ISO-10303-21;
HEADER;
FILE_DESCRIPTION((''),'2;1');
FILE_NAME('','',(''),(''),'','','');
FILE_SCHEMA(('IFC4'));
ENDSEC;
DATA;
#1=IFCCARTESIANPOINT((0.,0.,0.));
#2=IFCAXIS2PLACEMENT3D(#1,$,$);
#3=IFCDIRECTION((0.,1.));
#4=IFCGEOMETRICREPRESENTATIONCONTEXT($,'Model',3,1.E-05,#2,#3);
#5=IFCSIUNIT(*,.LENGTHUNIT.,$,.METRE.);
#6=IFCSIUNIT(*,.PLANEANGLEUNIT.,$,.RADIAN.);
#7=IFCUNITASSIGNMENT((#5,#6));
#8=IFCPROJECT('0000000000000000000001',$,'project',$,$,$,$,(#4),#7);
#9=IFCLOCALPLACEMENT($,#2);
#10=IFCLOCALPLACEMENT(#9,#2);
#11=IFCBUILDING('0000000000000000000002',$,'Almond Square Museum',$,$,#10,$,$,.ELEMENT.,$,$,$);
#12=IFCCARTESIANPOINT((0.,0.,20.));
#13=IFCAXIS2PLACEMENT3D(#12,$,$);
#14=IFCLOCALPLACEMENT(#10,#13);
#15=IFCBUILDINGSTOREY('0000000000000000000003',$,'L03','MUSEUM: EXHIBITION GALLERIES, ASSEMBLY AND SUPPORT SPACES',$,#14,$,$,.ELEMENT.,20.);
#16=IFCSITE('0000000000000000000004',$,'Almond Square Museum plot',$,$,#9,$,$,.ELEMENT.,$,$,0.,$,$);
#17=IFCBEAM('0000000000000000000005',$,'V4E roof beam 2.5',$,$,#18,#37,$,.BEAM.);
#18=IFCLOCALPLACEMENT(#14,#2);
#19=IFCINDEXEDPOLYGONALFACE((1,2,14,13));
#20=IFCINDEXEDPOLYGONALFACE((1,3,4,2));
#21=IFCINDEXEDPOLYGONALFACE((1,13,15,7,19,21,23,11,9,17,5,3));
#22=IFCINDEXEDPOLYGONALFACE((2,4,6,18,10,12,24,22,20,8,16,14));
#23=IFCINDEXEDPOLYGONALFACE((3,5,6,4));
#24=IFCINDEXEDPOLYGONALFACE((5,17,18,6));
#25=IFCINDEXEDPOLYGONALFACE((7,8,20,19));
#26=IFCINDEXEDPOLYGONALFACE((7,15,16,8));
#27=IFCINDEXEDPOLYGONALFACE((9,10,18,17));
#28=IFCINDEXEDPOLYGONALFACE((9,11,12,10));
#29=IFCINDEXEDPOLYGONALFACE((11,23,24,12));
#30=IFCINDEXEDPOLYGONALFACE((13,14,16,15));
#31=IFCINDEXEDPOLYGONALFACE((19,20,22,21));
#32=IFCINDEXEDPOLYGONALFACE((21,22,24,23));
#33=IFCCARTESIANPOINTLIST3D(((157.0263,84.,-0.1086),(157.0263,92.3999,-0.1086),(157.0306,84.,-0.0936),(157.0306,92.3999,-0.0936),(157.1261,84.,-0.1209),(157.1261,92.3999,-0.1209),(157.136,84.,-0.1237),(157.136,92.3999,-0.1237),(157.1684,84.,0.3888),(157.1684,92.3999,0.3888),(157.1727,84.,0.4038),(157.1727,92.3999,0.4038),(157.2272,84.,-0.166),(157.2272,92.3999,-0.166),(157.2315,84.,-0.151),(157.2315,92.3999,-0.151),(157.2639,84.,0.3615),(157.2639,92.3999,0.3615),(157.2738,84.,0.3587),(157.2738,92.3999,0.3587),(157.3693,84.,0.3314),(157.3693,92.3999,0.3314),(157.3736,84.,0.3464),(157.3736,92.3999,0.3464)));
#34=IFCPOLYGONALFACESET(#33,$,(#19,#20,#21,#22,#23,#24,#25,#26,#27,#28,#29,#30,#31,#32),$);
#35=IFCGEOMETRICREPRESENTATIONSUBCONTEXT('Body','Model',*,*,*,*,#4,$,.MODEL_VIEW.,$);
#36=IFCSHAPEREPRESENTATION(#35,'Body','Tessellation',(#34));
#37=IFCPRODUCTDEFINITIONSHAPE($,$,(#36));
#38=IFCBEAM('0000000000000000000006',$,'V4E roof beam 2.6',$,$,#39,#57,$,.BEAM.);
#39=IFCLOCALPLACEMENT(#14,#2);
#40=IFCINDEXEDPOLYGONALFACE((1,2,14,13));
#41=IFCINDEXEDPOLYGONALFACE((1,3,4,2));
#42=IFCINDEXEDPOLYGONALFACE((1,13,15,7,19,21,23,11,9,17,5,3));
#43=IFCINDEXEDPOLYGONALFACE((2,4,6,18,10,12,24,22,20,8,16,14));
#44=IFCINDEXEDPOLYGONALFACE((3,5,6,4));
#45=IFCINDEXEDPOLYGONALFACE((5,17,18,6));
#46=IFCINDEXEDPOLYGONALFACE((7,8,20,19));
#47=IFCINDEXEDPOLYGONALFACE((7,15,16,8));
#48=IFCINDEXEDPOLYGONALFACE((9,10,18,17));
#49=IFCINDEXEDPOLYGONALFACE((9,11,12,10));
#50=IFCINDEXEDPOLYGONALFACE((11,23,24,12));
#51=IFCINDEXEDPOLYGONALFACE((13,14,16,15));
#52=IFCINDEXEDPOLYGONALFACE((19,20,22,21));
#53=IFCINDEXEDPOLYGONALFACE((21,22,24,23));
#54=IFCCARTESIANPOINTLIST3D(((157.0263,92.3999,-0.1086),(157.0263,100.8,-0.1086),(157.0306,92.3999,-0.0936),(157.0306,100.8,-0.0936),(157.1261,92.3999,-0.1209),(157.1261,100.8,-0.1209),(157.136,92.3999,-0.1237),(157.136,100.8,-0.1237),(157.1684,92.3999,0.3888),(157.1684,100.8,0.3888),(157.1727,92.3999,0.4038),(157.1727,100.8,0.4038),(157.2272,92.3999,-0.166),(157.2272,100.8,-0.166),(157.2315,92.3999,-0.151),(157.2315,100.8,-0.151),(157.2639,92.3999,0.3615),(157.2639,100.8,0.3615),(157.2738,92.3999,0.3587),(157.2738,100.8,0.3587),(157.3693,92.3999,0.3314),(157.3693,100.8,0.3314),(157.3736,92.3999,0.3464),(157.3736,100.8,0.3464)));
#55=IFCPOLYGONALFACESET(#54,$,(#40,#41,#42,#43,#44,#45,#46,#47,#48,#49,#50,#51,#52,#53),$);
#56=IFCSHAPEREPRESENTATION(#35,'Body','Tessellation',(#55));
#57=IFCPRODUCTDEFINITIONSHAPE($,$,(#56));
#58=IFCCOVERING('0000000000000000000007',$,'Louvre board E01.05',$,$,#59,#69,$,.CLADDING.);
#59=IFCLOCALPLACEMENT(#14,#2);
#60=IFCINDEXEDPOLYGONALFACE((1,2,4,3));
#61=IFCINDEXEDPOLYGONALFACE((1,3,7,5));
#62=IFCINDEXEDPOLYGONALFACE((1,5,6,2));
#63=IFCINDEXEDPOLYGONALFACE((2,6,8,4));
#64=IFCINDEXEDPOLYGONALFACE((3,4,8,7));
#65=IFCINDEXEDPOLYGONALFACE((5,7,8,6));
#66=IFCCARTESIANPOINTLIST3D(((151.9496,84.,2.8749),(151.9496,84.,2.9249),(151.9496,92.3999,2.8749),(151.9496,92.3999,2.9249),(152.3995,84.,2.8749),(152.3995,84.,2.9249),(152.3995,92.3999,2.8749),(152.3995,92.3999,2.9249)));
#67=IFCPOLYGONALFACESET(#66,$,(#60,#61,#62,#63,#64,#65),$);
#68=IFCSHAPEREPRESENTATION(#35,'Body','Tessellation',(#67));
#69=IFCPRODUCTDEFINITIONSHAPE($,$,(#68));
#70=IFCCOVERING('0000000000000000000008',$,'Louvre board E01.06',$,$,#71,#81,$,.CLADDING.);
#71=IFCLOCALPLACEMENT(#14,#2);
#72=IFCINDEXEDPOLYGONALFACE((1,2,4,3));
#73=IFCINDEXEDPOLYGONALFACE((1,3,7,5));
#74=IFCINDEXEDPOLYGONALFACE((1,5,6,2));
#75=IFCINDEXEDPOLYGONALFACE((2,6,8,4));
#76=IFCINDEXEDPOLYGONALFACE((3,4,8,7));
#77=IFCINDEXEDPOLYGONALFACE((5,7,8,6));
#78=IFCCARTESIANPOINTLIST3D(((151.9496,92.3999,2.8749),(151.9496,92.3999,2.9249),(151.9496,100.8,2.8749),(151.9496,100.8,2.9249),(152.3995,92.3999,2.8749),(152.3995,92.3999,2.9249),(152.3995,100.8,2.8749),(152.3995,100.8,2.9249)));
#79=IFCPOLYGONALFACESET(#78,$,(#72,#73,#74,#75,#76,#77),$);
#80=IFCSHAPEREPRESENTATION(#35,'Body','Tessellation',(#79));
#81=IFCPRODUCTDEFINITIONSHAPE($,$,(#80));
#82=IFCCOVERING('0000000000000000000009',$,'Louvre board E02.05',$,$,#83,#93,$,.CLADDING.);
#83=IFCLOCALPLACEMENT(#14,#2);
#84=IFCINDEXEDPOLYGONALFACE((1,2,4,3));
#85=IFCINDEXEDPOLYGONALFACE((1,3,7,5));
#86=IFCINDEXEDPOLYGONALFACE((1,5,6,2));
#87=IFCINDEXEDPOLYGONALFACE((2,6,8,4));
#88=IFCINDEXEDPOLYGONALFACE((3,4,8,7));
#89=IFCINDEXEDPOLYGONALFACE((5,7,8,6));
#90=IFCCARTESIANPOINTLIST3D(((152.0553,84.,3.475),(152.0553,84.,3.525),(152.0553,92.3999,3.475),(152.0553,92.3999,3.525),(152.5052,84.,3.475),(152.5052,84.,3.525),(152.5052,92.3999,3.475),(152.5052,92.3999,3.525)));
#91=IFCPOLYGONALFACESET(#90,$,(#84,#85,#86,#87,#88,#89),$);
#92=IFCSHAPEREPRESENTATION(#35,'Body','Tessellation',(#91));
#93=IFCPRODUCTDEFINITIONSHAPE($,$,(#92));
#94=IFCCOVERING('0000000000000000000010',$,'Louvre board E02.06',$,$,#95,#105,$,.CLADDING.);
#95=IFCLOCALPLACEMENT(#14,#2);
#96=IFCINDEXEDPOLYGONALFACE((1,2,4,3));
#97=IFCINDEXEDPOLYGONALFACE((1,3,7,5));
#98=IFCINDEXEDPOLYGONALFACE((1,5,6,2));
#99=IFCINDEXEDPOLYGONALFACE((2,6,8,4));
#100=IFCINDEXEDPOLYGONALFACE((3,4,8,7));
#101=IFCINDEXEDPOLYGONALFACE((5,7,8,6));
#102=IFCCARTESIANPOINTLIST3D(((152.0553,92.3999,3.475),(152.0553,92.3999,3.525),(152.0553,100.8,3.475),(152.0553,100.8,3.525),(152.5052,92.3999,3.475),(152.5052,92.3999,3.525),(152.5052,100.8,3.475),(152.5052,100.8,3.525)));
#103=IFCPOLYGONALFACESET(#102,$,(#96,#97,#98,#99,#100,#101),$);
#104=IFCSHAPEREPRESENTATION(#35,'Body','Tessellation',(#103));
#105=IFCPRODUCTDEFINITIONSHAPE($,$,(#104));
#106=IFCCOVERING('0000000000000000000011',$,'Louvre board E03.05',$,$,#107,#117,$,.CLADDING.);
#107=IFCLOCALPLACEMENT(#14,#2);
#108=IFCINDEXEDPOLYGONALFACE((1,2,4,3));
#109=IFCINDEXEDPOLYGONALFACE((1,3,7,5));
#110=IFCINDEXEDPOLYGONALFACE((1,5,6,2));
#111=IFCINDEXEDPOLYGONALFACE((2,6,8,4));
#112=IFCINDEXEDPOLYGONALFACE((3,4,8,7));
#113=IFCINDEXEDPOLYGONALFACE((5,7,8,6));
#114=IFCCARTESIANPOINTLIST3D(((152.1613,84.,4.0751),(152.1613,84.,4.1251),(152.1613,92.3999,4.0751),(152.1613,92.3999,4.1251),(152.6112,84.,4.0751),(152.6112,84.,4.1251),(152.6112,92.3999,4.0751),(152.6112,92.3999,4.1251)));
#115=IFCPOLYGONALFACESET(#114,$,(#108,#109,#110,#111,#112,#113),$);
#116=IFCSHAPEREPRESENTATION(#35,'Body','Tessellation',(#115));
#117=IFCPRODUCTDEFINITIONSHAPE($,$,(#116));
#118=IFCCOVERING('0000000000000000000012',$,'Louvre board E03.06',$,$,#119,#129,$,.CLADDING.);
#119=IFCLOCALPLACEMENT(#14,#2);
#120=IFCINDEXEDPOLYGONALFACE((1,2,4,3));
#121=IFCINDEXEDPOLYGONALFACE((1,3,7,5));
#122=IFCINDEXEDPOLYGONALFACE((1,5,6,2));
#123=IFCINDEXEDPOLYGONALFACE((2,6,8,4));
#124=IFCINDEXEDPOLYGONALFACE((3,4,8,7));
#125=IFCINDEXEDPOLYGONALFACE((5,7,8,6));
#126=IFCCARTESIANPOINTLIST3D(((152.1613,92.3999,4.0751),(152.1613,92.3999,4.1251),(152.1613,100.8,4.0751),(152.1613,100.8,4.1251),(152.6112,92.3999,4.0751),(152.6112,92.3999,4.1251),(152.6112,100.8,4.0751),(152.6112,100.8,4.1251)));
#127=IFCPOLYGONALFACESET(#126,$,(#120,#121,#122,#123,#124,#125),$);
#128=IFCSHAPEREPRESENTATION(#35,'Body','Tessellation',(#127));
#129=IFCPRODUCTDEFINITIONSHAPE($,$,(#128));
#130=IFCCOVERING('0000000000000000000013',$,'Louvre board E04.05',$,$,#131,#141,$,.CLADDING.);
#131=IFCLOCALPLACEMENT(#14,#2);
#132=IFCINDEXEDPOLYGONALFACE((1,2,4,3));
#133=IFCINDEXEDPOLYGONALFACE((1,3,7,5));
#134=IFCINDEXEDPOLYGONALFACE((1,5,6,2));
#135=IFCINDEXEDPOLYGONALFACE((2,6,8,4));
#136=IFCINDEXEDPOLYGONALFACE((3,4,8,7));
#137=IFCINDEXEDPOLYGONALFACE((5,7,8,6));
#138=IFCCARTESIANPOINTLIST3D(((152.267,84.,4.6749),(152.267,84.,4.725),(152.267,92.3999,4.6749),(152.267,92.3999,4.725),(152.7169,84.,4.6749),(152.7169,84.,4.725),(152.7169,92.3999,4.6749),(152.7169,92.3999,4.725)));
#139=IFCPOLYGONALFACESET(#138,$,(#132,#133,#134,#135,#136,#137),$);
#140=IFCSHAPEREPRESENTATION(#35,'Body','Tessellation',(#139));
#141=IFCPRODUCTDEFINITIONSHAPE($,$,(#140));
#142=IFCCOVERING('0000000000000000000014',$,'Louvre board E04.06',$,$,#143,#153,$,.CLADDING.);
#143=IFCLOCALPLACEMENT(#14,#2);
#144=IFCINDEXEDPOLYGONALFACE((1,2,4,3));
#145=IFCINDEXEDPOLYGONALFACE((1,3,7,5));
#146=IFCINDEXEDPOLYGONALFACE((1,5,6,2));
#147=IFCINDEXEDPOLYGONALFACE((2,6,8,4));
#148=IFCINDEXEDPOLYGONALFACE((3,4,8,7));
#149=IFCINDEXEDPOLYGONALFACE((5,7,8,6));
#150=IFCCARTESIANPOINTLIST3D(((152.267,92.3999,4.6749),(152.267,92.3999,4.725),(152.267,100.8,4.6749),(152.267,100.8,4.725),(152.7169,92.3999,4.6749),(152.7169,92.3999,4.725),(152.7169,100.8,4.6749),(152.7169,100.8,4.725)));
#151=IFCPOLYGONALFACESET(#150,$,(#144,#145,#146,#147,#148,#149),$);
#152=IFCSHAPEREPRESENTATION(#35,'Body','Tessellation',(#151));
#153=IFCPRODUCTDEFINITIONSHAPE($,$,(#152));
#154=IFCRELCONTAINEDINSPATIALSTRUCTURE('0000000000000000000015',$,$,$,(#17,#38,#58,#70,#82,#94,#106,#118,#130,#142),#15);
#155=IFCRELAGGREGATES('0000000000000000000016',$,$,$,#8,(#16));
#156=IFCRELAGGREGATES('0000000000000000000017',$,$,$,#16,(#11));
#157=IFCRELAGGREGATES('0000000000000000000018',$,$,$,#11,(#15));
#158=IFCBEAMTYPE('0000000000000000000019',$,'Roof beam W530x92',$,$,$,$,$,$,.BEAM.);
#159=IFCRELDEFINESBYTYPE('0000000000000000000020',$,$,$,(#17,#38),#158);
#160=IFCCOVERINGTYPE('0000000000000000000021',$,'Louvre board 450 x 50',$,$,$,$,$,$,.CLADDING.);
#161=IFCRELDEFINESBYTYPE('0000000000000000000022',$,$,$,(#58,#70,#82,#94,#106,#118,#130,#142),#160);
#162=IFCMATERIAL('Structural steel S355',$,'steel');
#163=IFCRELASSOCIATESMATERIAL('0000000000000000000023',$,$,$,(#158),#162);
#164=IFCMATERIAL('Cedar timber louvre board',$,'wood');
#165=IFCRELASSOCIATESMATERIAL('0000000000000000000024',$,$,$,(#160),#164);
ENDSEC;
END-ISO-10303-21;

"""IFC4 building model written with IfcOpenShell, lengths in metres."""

from ifc_helpers import new_model, si_unit, direction, frame, origin, origin_2d, place, context, subcontext, project, spatial, rectangle, i_section, extrude, material, material_profile, profile_set, type_object, element, save


model = new_model("IFC4")

# Units and contexts
model_context = context("Model", 3, precision=1e-05, world=origin(), true_north=direction((0.0, 1.0)))
body_context = subcontext(model_context, "Body", "Model", "MODEL_VIEW")
ifc_project = project(units=[si_unit("LENGTHUNIT", "METRE"), si_unit("PLANEANGLEUNIT", "RADIAN")], contexts=[model_context])

# Site, building, storey
site_placement = place(None, origin())
site = spatial("IfcSite", under=ifc_project, at=site_placement, Name="Almond Square Museum plot", CompositionType="ELEMENT", RefElevation=0.0)
building_placement = place(site_placement, origin())
building = spatial("IfcBuilding", under=site, at=building_placement, Name="Almond Square Museum", CompositionType="ELEMENT")
storey_placement = place(building_placement, frame((0.0, 0.0, 20.0)))
storey = spatial("IfcBuildingStorey", under=building, at=storey_placement, Name="L03", Description="MUSEUM: EXHIBITION GALLERIES, ASSEMBLY AND SUPPORT SPACES", CompositionType="ELEMENT", Elevation=20.0)

# Beams
ifc_material_1 = material(Name="Structural steel S355", Category="steel")
ifc_material_profile_1 = material_profile(ifc_material_1, i_section(OverallWidth=0.209, OverallDepth=0.533, WebThickness=0.0103, FlangeThickness=0.0156, at=origin_2d()))
ifc_profile_set_1 = profile_set([ifc_material_profile_1], Name="Structural steel S355")
beam_type = type_object("IfcBeamType", Name="Roof beam W530x92", PredefinedType="BEAM", material=ifc_profile_set_1)
beam_1_placement = place(storey_placement, frame((157.2, 84.0, 0.1189), z_axis=(0.0, 1.0, 0.0), x_axis=(-0.961524, 0.0, 0.274721)))
element("IfcBeam", 1, at=beam_1_placement, inside=storey, type_object=beam_type, Name="V4E roof beam 2.5", PredefinedType="BEAM", context=body_context, shape_type="SweptSolid", body=[
    extrude(i_section(OverallWidth=0.209, OverallDepth=0.533, WebThickness=0.0103, FlangeThickness=0.0156, at=origin_2d()), origin(), (0.0, 0.0, 1.0), 8.3999),
])
beam_2_placement = place(storey_placement, frame((157.2, 92.3999, 0.1189), z_axis=(0.0, 1.0, 0.0), x_axis=(-0.961524, 0.0, 0.274721)))
element("IfcBeam", 2, at=beam_2_placement, inside=storey, type_object=beam_type, Name="V4E roof beam 2.6", PredefinedType="BEAM", context=body_context, shape_type="SweptSolid", body=[
    extrude(i_section(OverallWidth=0.209, OverallDepth=0.533, WebThickness=0.0103, FlangeThickness=0.0156, at=origin_2d()), origin(), (0.0, 0.0, 1.0), 8.4001),
])

# Coverings
ifc_material_2 = material(Name="Cedar timber louvre board", Category="wood")
ifc_material_profile_2 = material_profile(ifc_material_2, rectangle(XDim=0.45, YDim=0.05, at=origin_2d()))
ifc_profile_set_2 = profile_set([ifc_material_profile_2], Name="Cedar timber louvre board")
covering_type_1 = type_object("IfcCoveringType", Name="Louvre board 450 x 50", PredefinedType="CLADDING", material=ifc_profile_set_2)
covering_1_placement = place(storey_placement, frame((152.1746, 84.0, 2.8999), z_axis=(0.0, 1.0, 0.0), x_axis=(-1.0, 0.0, 0.0)))
element("IfcCovering", 3, at=covering_1_placement, inside=storey, type_object=covering_type_1, Name="Louvre board E01.05", PredefinedType="CLADDING", context=body_context, shape_type="SweptSolid", body=[
    extrude(rectangle(XDim=0.45, YDim=0.05, at=origin_2d()), origin(), (0.0, 0.0, 1.0), 8.3999),
])
covering_2_placement = place(storey_placement, frame((152.1746, 92.3999, 2.8999), z_axis=(0.0, 1.0, 0.0), x_axis=(-1.0, 0.0, 0.0)))
element("IfcCovering", 4, at=covering_2_placement, inside=storey, type_object=covering_type_1, Name="Louvre board E01.06", PredefinedType="CLADDING", context=body_context, shape_type="SweptSolid", body=[
    extrude(rectangle(XDim=0.45, YDim=0.05, at=origin_2d()), origin(), (0.0, 0.0, 1.0), 8.4001),
])
covering_3_placement = place(storey_placement, frame((152.2803, 84.0, 3.5), z_axis=(0.0, 1.0, 0.0), x_axis=(-1.0, 0.0, 0.0)))
element("IfcCovering", 5, at=covering_3_placement, inside=storey, type_object=covering_type_1, Name="Louvre board E02.05", PredefinedType="CLADDING", context=body_context, shape_type="SweptSolid", body=[
    extrude(rectangle(XDim=0.45, YDim=0.05, at=origin_2d()), origin(), (0.0, 0.0, 1.0), 8.3999),
])
covering_4_placement = place(storey_placement, frame((152.2803, 92.3999, 3.5), z_axis=(0.0, 1.0, 0.0), x_axis=(-1.0, 0.0, 0.0)))
element("IfcCovering", 6, at=covering_4_placement, inside=storey, type_object=covering_type_1, Name="Louvre board E02.06", PredefinedType="CLADDING", context=body_context, shape_type="SweptSolid", body=[
    extrude(rectangle(XDim=0.45, YDim=0.05, at=origin_2d()), origin(), (0.0, 0.0, 1.0), 8.4001),
])
covering_5_placement = place(storey_placement, frame((152.3862, 84.0, 4.1001), z_axis=(0.0, 1.0, 0.0), x_axis=(-1.0, 0.0, 0.0)))
element("IfcCovering", 7, at=covering_5_placement, inside=storey, type_object=covering_type_1, Name="Louvre board E03.05", PredefinedType="CLADDING", context=body_context, shape_type="SweptSolid", body=[
    extrude(rectangle(XDim=0.45, YDim=0.05, at=origin_2d()), origin(), (0.0, 0.0, 1.0), 8.3999),
])
covering_6_placement = place(storey_placement, frame((152.3862, 92.3999, 4.1001), z_axis=(0.0, 1.0, 0.0), x_axis=(-1.0, 0.0, 0.0)))
element("IfcCovering", 8, at=covering_6_placement, inside=storey, type_object=covering_type_1, Name="Louvre board E03.06", PredefinedType="CLADDING", context=body_context, shape_type="SweptSolid", body=[
    extrude(rectangle(XDim=0.45, YDim=0.05, at=origin_2d()), origin(), (0.0, 0.0, 1.0), 8.4001),
])
covering_7_placement = place(storey_placement, frame((152.4919, 84.0, 4.7), z_axis=(0.0, 1.0, 0.0), x_axis=(-1.0, 0.0, 0.0)))
element("IfcCovering", 9, at=covering_7_placement, inside=storey, type_object=covering_type_1, Name="Louvre board E04.05", PredefinedType="CLADDING", context=body_context, shape_type="SweptSolid", body=[
    extrude(rectangle(XDim=0.45, YDim=0.05, at=origin_2d()), origin(), (0.0, 0.0, 1.0), 8.3999),
])
covering_8_placement = place(storey_placement, frame((152.4919, 92.3999, 4.7), z_axis=(0.0, 1.0, 0.0), x_axis=(-1.0, 0.0, 0.0)))
element("IfcCovering", 10, at=covering_8_placement, inside=storey, type_object=covering_type_1, Name="Louvre board E04.06", PredefinedType="CLADDING", context=body_context, shape_type="SweptSolid", body=[
    extrude(rectangle(XDim=0.45, YDim=0.05, at=origin_2d()), origin(), (0.0, 0.0, 1.0), 8.4001),
])

save(model, "model.ifc")
